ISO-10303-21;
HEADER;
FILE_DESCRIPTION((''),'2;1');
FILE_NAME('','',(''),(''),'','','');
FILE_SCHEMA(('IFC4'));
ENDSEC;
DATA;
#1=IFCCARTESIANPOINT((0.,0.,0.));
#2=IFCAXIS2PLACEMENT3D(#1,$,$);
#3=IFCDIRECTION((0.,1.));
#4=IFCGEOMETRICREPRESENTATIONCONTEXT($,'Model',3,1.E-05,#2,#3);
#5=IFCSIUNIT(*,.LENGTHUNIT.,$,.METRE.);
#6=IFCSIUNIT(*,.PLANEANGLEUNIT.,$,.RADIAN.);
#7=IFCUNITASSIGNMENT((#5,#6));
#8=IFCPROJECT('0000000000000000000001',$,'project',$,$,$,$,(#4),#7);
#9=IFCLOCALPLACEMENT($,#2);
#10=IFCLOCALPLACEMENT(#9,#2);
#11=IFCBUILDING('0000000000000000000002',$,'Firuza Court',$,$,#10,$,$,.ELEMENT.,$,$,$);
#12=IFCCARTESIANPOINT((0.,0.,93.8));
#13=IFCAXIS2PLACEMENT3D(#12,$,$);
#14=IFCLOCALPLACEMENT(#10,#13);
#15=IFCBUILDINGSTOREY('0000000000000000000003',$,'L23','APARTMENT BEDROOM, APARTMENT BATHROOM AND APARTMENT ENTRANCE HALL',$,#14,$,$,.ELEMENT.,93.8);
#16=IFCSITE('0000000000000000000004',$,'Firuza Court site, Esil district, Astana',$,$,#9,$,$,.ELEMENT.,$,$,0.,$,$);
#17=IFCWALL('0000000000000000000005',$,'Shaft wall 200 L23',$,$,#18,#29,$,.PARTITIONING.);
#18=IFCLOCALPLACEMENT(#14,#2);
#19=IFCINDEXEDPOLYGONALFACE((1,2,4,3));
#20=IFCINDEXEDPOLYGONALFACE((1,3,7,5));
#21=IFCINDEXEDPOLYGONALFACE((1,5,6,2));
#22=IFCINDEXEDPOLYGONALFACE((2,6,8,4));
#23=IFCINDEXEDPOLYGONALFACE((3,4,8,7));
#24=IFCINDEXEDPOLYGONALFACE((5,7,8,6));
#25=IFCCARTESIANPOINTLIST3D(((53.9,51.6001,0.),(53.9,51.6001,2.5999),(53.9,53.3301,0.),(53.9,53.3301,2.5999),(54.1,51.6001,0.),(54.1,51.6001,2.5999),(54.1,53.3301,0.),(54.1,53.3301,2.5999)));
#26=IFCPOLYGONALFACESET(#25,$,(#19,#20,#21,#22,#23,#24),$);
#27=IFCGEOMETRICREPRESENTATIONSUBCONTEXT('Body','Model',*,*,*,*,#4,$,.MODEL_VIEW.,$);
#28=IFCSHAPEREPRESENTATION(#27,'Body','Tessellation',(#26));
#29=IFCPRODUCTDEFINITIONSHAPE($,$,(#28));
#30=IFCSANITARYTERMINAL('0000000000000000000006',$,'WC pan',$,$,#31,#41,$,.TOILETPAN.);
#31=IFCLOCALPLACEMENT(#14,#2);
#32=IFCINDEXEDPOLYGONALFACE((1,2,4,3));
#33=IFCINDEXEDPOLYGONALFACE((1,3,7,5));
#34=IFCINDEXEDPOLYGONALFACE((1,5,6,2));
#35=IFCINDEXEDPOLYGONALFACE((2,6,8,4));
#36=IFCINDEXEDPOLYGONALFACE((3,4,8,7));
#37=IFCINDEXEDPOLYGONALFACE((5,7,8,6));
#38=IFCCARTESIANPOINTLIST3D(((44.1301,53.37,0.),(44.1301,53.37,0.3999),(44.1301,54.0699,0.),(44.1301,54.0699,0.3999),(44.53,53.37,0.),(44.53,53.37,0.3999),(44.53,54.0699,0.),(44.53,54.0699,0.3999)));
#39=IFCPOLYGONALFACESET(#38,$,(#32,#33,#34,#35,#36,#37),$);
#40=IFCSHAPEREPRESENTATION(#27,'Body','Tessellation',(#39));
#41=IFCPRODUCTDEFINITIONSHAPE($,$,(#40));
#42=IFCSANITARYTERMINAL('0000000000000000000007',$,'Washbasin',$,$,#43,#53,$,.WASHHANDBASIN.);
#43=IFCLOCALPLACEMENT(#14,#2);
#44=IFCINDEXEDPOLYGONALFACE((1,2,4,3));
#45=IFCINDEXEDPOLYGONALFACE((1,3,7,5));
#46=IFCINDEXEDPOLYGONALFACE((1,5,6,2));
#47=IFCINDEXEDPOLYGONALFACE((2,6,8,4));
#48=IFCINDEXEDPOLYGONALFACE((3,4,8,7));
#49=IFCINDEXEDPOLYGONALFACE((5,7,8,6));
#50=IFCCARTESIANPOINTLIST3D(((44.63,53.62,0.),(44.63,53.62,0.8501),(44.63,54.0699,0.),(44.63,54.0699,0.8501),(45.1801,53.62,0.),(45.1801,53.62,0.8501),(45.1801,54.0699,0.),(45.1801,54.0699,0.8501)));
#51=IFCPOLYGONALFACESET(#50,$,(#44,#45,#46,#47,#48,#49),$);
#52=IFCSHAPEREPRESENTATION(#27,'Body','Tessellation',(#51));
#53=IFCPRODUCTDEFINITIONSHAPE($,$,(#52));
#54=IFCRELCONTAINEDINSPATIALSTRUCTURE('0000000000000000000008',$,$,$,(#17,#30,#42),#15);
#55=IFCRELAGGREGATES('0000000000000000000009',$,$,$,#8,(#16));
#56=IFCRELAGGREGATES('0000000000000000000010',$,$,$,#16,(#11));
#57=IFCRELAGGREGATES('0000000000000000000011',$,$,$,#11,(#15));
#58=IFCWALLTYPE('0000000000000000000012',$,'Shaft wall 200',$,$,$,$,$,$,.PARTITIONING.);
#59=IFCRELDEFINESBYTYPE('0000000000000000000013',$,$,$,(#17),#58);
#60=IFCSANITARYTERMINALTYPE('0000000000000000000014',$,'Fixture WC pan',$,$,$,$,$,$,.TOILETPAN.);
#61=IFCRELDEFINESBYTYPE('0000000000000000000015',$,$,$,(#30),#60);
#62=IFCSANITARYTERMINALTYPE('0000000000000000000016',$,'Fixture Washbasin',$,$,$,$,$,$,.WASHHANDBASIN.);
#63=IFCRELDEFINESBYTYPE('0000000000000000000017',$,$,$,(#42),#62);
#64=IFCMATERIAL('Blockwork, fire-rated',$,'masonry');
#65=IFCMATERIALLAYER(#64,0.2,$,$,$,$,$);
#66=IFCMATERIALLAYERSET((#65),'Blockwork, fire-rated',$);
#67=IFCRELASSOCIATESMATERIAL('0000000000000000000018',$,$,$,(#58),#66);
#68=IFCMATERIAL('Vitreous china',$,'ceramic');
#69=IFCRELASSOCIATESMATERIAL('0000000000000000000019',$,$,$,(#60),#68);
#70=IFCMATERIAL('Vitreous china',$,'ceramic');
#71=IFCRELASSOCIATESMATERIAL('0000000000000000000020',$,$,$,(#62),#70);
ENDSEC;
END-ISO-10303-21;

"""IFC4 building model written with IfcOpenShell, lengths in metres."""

from ifc_helpers import new_model, si_unit, direction, frame, frame_2d, origin, origin_2d, place, context, subcontext, project, spatial, rectangle, extrude, material, layer, layer_set, type_object, element, save


model = new_model("IFC4")

# Units and contexts
model_context = context("Model", 3, precision=1e-05, world=origin(), true_north=direction((0.0, 1.0)))
body_context = subcontext(model_context, "Body", "Model", "MODEL_VIEW")
ifc_project = project(units=[si_unit("LENGTHUNIT", "METRE"), si_unit("PLANEANGLEUNIT", "RADIAN")], contexts=[model_context])

# Site, building, storey
site_placement = place(None, origin())
site = spatial("IfcSite", under=ifc_project, at=site_placement, Name="Firuza Court site, Esil district, Astana", CompositionType="ELEMENT", RefElevation=0.0)
building_placement = place(site_placement, origin())
building = spatial("IfcBuilding", under=site, at=building_placement, Name="Firuza Court", CompositionType="ELEMENT")
storey_placement = place(building_placement, frame((0.0, 0.0, 93.8)))
storey = spatial("IfcBuildingStorey", under=building, at=storey_placement, Name="L23", Description="APARTMENT BEDROOM, APARTMENT BATHROOM AND APARTMENT ENTRANCE HALL", CompositionType="ELEMENT", Elevation=93.8)

# Shared definitions
ifc_material_1 = material(Name="Blockwork, fire-rated", Category="masonry")
ifc_layer_1 = layer(ifc_material_1, 0.2)
ifc_layer_set_1 = layer_set([ifc_layer_1], Name="Blockwork, fire-rated")
wall_type_1 = type_object("IfcWallType", Name="Shaft wall 200", PredefinedType="PARTITIONING", material=ifc_layer_set_1)

# Wall
wall_1_placement = place(storey_placement, frame((54.0, 51.6001, 0.0), z_axis=(0.0, 0.0, 1.0), x_axis=(0.0, 1.0, 0.0)))
element("IfcWall", 1, at=wall_1_placement, inside=storey, type_object=wall_type_1, Name="Shaft wall 200 L23", PredefinedType="PARTITIONING", context=body_context, shape_type="SweptSolid", body=[
    extrude(rectangle(XDim=1.73, YDim=0.2, at=frame_2d((0.865, 0.0))), origin(), (0.0, 0.0, 1.0), 2.5999),
])

# Sanitary terminals
ifc_material_2 = material(Name="Vitreous china", Category="ceramic")
sanitary_terminal_type_1 = type_object("IfcSanitaryTerminalType", Name="Fixture WC pan", PredefinedType="TOILETPAN", material=ifc_material_2)
sanitary_terminal_1_placement = place(storey_placement, frame((44.3301, 53.72, 0.0), z_axis=(0.0, 0.0, 1.0), x_axis=(1.0, 0.0, 0.0)))
element("IfcSanitaryTerminal", 2, at=sanitary_terminal_1_placement, inside=storey, type_object=sanitary_terminal_type_1, Name="WC pan", PredefinedType="TOILETPAN", context=body_context, shape_type="SweptSolid", body=[
    extrude(rectangle(XDim=0.3999, YDim=0.7, at=origin_2d()), origin(), (0.0, 0.0, 1.0), 0.3999),
])
ifc_material_3 = material(Name="Vitreous china", Category="ceramic")
sanitary_terminal_type_2 = type_object("IfcSanitaryTerminalType", Name="Fixture Washbasin", PredefinedType="WASHHANDBASIN", material=ifc_material_3)
sanitary_terminal_2_placement = place(storey_placement, frame((44.905, 53.845, 0.0), z_axis=(0.0, 0.0, 1.0), x_axis=(1.0, 0.0, 0.0)))
element("IfcSanitaryTerminal", 3, at=sanitary_terminal_2_placement, inside=storey, type_object=sanitary_terminal_type_2, Name="Washbasin", PredefinedType="WASHHANDBASIN", context=body_context, shape_type="SweptSolid", body=[
    extrude(rectangle(XDim=0.55, YDim=0.45, at=origin_2d()), origin(), (0.0, 0.0, 1.0), 0.8501),
])

save(model, "model.ifc")
